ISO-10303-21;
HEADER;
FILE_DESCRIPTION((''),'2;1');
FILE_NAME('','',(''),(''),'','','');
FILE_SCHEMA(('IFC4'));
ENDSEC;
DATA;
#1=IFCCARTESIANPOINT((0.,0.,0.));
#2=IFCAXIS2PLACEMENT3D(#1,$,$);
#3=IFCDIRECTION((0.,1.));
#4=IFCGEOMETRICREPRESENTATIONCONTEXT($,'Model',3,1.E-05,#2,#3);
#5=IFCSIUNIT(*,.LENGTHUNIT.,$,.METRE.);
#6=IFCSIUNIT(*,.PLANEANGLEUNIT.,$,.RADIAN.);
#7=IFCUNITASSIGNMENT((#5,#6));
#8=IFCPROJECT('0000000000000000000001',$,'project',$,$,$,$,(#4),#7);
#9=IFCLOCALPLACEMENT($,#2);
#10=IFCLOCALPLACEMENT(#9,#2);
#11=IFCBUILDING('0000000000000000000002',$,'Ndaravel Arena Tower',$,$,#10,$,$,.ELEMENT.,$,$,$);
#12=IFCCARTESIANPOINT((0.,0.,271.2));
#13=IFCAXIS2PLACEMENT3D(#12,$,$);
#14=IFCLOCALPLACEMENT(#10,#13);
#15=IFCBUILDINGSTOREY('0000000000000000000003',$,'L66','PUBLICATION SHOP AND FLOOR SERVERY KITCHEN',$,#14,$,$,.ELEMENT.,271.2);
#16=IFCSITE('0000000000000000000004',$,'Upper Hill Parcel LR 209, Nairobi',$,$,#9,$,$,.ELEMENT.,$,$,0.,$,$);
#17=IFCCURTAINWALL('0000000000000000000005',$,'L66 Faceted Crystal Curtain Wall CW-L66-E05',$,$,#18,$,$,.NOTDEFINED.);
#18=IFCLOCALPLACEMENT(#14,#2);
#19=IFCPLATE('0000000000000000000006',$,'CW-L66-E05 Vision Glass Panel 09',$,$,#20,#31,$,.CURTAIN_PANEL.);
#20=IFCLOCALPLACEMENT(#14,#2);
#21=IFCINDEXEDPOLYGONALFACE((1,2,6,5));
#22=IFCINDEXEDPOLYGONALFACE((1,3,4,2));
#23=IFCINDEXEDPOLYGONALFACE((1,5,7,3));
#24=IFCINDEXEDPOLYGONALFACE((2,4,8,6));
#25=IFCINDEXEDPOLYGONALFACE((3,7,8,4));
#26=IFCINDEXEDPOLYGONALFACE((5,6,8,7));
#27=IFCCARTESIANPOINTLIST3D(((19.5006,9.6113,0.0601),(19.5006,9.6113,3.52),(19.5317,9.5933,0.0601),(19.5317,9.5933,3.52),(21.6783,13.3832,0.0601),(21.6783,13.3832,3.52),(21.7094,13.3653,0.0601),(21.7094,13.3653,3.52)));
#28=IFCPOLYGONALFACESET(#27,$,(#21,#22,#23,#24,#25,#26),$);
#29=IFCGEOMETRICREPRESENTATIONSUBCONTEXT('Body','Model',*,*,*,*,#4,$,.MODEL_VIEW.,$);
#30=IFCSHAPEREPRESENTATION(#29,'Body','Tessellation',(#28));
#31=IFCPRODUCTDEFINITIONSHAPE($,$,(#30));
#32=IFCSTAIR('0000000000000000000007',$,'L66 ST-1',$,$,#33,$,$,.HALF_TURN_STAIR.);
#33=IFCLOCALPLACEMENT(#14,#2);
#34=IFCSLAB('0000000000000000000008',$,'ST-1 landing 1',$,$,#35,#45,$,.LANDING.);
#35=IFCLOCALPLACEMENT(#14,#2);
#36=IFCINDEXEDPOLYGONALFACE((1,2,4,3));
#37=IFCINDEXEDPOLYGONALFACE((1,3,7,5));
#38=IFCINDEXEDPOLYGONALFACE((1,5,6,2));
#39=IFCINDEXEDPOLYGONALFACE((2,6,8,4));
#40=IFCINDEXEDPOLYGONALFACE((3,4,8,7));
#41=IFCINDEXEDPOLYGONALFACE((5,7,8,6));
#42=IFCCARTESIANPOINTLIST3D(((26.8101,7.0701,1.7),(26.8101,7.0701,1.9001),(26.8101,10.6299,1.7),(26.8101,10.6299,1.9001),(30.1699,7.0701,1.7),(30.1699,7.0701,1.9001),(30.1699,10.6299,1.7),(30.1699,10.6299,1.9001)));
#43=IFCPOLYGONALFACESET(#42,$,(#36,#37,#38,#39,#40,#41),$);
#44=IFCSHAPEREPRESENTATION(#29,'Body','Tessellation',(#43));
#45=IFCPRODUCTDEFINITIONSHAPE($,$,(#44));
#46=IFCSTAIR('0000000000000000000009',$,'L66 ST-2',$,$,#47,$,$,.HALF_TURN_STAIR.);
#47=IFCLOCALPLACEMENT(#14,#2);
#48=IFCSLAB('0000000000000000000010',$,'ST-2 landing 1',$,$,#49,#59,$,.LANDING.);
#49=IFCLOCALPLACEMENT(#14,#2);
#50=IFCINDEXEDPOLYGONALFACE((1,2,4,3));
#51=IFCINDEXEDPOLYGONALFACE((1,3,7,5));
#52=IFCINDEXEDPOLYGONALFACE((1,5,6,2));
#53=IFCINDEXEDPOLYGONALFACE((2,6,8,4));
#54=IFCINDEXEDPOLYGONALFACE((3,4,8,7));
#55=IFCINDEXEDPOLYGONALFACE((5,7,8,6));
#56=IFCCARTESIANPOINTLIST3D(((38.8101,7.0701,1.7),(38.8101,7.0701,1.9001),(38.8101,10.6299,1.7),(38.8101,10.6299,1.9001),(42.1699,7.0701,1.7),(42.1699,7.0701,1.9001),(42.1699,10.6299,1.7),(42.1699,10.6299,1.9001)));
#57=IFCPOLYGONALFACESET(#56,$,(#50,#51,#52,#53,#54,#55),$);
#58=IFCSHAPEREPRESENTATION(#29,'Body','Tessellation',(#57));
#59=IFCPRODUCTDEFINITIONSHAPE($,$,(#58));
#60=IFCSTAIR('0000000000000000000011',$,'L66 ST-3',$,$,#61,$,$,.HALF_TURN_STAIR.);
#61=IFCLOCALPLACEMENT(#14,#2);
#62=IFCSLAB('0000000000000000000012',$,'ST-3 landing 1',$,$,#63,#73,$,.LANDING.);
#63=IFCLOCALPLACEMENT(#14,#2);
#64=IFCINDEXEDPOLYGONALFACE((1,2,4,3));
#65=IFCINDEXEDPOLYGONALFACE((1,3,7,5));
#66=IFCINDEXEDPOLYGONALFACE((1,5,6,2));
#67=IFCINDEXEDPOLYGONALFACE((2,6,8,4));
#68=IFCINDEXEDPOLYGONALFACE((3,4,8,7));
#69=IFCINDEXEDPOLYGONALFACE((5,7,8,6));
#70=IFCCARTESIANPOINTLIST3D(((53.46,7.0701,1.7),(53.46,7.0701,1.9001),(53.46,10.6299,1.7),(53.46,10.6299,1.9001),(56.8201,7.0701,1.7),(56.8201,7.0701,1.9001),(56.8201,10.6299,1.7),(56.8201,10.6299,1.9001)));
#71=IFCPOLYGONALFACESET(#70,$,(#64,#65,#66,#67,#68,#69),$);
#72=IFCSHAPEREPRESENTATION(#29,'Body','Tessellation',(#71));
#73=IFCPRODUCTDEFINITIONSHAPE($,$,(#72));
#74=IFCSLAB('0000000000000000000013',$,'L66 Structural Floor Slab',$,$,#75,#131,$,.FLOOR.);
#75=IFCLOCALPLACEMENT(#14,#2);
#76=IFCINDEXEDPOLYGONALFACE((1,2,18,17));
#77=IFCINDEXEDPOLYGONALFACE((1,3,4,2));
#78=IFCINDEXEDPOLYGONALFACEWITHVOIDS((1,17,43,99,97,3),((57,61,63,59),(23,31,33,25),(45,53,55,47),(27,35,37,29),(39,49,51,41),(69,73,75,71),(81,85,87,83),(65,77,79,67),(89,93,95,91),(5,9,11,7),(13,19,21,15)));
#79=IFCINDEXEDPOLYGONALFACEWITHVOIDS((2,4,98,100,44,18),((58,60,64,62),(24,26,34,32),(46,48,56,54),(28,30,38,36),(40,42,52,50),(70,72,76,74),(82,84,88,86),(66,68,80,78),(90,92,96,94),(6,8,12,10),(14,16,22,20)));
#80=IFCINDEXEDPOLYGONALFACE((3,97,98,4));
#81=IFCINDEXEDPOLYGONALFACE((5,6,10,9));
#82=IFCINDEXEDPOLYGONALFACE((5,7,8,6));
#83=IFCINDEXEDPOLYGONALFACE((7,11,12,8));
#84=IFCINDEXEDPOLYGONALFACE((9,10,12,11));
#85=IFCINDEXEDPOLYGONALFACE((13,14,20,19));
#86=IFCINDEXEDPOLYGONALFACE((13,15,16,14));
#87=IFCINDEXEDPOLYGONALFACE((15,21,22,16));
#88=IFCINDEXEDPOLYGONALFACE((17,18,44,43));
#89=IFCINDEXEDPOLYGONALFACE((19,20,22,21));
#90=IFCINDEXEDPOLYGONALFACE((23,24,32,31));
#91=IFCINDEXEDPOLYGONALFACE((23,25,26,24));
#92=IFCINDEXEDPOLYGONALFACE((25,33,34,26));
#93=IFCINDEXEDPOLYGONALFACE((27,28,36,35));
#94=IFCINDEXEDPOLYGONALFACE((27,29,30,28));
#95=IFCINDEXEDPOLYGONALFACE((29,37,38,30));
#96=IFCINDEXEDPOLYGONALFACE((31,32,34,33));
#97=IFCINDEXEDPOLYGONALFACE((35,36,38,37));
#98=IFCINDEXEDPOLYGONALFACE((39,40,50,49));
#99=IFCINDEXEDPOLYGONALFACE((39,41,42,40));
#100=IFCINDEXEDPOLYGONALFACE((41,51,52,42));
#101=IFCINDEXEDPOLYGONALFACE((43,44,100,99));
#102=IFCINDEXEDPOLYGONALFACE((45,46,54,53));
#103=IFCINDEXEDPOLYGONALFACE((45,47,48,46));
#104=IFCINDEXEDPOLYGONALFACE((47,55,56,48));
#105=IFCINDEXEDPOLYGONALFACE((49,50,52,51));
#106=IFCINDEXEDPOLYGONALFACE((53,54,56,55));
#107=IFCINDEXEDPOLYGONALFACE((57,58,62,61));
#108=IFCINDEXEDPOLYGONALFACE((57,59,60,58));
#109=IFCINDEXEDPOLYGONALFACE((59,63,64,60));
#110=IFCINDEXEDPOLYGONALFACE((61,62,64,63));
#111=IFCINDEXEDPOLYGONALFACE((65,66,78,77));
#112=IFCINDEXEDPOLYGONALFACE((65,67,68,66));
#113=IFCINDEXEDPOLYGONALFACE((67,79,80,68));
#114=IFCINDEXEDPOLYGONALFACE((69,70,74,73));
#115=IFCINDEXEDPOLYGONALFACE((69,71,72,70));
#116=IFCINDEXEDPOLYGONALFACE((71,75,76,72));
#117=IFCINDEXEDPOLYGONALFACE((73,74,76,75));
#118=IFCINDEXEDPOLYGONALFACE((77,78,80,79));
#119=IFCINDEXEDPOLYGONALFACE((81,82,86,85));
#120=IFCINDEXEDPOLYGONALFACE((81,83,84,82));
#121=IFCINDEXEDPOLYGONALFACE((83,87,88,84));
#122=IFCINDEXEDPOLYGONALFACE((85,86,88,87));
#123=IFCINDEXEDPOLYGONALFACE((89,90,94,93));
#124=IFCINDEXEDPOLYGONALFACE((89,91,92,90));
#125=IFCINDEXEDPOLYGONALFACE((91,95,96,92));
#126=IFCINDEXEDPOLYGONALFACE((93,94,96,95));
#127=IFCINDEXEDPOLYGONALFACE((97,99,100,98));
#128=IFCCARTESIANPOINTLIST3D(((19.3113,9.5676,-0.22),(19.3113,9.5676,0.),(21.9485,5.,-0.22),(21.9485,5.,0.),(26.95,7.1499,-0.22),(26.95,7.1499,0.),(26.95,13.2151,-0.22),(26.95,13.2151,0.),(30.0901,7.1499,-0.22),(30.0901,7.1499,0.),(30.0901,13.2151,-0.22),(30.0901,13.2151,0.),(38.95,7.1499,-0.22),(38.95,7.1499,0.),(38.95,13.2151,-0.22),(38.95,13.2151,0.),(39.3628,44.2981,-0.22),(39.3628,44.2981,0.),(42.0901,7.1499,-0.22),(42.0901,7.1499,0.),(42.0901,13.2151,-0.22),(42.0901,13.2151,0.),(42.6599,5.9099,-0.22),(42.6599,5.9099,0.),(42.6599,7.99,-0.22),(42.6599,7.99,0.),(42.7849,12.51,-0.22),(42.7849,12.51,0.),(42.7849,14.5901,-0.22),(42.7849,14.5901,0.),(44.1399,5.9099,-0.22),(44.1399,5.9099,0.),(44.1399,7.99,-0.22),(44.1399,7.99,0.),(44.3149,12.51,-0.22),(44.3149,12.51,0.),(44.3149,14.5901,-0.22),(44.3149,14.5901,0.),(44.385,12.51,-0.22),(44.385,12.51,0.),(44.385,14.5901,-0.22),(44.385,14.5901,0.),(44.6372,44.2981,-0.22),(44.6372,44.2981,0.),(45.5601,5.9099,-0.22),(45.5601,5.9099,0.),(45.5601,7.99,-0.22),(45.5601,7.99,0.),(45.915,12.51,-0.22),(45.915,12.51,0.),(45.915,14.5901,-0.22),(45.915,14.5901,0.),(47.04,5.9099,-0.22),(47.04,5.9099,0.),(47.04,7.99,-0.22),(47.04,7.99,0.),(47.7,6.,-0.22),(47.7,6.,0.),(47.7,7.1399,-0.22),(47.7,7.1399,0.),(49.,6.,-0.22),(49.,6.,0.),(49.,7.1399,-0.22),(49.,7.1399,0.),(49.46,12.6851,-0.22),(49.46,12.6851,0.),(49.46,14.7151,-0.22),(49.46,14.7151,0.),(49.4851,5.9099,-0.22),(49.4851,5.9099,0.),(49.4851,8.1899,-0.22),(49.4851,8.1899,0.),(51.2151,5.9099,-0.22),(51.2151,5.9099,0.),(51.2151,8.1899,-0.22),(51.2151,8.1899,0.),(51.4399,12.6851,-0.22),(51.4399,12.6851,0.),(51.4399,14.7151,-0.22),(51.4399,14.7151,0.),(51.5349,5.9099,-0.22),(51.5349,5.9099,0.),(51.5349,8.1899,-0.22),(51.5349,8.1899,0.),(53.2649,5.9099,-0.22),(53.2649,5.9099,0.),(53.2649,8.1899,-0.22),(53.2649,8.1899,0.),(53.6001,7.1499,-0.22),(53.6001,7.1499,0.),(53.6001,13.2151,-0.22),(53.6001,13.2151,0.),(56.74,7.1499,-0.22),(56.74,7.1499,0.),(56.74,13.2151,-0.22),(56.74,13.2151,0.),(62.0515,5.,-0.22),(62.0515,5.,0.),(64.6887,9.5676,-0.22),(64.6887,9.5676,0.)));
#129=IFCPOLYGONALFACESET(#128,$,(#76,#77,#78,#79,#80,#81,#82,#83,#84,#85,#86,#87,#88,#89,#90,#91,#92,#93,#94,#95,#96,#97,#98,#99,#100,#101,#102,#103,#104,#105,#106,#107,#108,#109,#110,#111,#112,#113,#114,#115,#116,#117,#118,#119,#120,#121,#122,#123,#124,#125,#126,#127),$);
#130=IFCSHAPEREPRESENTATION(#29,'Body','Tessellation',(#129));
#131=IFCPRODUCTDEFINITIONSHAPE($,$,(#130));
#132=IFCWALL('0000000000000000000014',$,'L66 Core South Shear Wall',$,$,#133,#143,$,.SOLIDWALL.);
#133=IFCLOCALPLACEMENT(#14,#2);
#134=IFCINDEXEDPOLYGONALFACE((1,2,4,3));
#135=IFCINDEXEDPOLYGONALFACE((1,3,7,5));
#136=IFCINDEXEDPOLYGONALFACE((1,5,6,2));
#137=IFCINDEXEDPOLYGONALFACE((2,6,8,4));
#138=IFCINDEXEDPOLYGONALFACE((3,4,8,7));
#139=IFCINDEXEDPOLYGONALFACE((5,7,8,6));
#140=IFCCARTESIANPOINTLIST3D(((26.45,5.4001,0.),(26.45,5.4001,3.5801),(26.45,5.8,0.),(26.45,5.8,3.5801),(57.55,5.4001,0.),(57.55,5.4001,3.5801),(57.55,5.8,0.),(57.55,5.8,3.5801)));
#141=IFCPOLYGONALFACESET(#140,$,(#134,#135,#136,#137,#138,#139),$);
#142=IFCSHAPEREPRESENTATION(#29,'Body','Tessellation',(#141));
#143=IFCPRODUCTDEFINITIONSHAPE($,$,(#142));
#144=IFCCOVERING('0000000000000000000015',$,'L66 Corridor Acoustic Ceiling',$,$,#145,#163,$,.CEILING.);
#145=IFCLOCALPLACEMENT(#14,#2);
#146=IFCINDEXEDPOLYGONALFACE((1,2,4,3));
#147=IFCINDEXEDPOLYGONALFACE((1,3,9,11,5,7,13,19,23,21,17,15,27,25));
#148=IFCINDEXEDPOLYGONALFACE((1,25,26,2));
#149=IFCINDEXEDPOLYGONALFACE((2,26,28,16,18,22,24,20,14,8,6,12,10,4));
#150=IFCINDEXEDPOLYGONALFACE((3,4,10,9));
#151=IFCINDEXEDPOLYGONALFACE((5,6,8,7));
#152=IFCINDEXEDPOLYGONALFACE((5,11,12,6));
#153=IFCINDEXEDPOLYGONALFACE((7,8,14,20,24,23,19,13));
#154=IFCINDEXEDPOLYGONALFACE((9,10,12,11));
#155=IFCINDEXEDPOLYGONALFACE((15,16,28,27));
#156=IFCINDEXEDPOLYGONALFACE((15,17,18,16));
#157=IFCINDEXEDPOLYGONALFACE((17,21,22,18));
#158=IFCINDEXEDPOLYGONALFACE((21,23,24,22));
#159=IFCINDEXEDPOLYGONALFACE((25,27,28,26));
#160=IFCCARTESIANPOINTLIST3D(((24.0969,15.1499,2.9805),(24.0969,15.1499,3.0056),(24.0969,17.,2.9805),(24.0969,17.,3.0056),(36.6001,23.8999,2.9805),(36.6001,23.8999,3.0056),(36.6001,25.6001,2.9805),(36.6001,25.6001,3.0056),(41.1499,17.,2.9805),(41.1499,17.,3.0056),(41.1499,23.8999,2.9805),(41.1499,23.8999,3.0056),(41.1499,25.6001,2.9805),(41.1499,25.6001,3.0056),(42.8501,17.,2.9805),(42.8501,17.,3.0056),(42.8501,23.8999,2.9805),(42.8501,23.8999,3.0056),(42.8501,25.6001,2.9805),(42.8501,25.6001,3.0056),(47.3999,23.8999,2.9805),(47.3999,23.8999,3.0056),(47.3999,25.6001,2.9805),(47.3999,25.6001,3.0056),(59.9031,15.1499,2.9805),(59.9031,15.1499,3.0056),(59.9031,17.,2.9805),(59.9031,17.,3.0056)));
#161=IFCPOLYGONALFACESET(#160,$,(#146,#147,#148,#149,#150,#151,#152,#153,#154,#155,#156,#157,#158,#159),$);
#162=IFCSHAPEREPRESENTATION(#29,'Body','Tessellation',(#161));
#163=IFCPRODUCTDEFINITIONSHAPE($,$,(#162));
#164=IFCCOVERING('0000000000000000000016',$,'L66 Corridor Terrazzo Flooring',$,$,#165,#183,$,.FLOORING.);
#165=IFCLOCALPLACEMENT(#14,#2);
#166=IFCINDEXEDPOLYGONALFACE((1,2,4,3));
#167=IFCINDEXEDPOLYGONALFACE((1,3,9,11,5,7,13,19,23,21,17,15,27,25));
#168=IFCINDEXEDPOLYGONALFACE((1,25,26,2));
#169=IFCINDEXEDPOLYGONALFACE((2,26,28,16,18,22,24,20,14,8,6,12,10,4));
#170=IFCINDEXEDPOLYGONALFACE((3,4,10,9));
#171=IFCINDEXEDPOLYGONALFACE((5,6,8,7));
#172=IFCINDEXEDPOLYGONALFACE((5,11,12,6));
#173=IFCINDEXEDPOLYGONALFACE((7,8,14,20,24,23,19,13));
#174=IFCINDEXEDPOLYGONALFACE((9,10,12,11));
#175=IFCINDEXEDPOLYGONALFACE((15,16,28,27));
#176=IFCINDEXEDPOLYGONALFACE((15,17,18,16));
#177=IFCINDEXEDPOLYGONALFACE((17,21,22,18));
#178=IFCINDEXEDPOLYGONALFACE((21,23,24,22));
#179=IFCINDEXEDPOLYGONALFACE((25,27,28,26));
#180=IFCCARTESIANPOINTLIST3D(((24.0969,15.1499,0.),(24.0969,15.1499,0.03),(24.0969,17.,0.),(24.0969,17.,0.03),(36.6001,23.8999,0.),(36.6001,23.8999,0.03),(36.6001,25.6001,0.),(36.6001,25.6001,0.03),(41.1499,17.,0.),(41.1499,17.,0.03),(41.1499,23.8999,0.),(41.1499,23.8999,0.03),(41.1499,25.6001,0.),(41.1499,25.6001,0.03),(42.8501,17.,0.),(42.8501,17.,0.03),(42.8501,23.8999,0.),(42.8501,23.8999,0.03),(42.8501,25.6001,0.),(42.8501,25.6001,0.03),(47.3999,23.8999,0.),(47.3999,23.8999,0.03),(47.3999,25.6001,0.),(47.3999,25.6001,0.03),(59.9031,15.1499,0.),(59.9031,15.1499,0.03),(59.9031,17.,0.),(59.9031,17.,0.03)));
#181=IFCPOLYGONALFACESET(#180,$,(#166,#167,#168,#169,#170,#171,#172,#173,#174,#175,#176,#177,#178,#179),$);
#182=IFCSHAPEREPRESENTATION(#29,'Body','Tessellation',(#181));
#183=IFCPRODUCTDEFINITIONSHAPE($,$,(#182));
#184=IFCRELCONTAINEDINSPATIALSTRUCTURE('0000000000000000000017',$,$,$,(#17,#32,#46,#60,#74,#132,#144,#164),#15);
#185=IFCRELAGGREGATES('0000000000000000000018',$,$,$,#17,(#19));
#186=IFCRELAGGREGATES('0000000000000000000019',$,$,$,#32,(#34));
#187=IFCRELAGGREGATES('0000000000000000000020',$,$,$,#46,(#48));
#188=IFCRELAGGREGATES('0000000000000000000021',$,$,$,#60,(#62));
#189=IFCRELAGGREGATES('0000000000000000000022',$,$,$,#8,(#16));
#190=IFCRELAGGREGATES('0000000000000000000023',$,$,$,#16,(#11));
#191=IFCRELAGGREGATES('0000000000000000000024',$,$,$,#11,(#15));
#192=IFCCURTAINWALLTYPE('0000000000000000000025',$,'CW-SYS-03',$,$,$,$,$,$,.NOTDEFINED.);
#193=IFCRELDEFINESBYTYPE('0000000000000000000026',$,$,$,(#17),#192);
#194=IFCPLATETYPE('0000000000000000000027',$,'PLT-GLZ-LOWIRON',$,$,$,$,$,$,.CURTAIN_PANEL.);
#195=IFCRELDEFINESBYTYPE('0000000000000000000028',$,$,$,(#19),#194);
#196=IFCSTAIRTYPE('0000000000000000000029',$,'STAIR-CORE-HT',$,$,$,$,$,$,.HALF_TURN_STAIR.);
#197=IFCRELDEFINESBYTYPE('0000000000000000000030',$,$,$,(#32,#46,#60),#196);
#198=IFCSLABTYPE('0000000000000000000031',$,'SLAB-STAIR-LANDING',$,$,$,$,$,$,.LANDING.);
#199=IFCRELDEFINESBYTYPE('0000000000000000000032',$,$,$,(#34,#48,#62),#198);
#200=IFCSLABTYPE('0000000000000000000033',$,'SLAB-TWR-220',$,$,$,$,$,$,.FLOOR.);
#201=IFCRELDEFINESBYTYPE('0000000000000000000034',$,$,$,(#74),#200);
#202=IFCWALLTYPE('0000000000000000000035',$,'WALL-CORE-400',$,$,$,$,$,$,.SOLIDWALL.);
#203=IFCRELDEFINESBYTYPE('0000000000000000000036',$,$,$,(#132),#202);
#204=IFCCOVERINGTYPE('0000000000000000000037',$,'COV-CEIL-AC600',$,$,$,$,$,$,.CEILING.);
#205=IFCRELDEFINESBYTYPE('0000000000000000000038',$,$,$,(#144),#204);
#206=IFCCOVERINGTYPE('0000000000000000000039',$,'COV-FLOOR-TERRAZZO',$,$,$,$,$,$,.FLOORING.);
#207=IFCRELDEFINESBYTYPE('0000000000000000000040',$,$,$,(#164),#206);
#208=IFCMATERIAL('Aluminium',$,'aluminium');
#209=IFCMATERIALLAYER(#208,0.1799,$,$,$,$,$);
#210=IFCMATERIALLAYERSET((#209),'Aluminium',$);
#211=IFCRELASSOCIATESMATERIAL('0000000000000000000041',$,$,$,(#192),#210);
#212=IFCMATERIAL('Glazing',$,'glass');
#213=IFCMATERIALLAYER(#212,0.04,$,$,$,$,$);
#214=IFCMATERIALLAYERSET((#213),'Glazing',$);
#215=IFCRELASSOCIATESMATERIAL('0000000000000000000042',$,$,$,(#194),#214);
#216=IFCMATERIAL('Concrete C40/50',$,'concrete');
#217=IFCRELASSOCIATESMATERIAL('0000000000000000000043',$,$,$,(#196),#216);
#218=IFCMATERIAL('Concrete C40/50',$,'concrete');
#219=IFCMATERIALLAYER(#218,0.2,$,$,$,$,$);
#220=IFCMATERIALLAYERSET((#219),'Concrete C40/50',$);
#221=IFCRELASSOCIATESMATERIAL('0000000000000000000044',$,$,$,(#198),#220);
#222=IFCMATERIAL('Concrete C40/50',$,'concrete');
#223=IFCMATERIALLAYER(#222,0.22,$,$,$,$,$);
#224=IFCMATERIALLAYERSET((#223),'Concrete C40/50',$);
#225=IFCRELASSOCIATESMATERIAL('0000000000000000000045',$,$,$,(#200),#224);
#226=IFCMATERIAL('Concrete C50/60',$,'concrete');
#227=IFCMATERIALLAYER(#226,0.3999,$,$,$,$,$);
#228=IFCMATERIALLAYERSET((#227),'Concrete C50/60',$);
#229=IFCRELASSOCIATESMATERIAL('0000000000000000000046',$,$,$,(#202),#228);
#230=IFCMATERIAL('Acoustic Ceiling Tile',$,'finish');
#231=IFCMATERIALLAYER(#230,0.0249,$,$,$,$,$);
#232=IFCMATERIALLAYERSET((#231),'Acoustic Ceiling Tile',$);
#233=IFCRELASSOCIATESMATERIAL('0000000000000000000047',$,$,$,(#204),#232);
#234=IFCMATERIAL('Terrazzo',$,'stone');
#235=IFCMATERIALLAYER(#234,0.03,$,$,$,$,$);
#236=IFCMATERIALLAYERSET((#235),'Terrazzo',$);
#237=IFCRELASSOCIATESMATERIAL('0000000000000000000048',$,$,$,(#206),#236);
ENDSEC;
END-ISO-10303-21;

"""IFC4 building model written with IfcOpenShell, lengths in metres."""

from ifc_helpers import new_model, si_unit, direction, frame, frame_2d, origin, origin_2d, place, context, subcontext, project, spatial, polyline, rectangle, outline, extrude, material, layer, layer_set, type_object, element, aggregate, save


model = new_model("IFC4")

# Units and contexts
model_context = context("Model", 3, precision=1e-05, world=origin(), true_north=direction((0.0, 1.0)))
body_context = subcontext(model_context, "Body", "Model", "MODEL_VIEW")
ifc_project = project(units=[si_unit("LENGTHUNIT", "METRE"), si_unit("PLANEANGLEUNIT", "RADIAN")], contexts=[model_context])

# Site, building, storey
site_placement = place(None, origin())
site = spatial("IfcSite", under=ifc_project, at=site_placement, Name="Upper Hill Parcel LR 209, Nairobi", CompositionType="ELEMENT", RefElevation=0.0)
building_placement = place(site_placement, origin())
building = spatial("IfcBuilding", under=site, at=building_placement, Name="Ndaravel Arena Tower", CompositionType="ELEMENT")
storey_placement = place(building_placement, frame((0.0, 0.0, 271.2)))
storey = spatial("IfcBuildingStorey", under=building, at=storey_placement, Name="L66", Description="PUBLICATION SHOP AND FLOOR SERVERY KITCHEN", CompositionType="ELEMENT", Elevation=271.2)

# Shared definitions
ifc_material_1 = material(Name="Aluminium", Category="aluminium")
ifc_layer_1 = layer(ifc_material_1, 0.1799)
ifc_layer_set_1 = layer_set([ifc_layer_1], Name="Aluminium")
curtain_wall_type_1 = type_object("IfcCurtainWallType", Name="CW-SYS-03", PredefinedType="NOTDEFINED", material=ifc_layer_set_1)

# Shared definitions
ifc_material_2 = material(Name="Glazing", Category="glass")
ifc_layer_2 = layer(ifc_material_2, 0.04)
ifc_layer_set_2 = layer_set([ifc_layer_2], Name="Glazing")
plate_type_1 = type_object("IfcPlateType", Name="PLT-GLZ-LOWIRON", PredefinedType="CURTAIN_PANEL", material=ifc_layer_set_2)

# Curtain wall, plate
curtain_wall_1_placement = place(storey_placement, origin())
curtain_wall_1 = element("IfcCurtainWall", 1, at=curtain_wall_1_placement, inside=storey, type_object=curtain_wall_type_1, Name="L66 Faceted Crystal Curtain Wall CW-L66-E05", PredefinedType="NOTDEFINED")
plate_1_placement = place(storey_placement, frame((20.605, 11.4883, 0.0601), z_axis=(0.0, 0.0, 1.0), x_axis=(-0.5, -0.866025, 0.0)))
plate_1 = element("IfcPlate", 2, at=plate_1_placement, type_object=plate_type_1, Name="CW-L66-E05 Vision Glass Panel 09", PredefinedType="CURTAIN_PANEL", context=body_context, shape_type="SweptSolid", body=[
    extrude(rectangle(XDim=4.3555, YDim=0.0359, at=origin_2d()), origin(), (0.0, 0.0, 1.0), 3.46),
])
aggregate(curtain_wall_1, [plate_1])

# Stairs, slabs
ifc_material_3 = material(Name="Concrete C40/50", Category="concrete")
stair_type = type_object("IfcStairType", Name="STAIR-CORE-HT", PredefinedType="HALF_TURN_STAIR", material=ifc_material_3)
stair_1_placement = place(storey_placement, origin())
stair_1 = element("IfcStair", 3, at=stair_1_placement, inside=storey, type_object=stair_type, Name="L66 ST-1", PredefinedType="HALF_TURN_STAIR")
ifc_material_4 = material(Name="Concrete C40/50", Category="concrete")
ifc_layer_3 = layer(ifc_material_4, 0.2)
ifc_layer_set_3 = layer_set([ifc_layer_3], Name="Concrete C40/50")
slab_type_1 = type_object("IfcSlabType", Name="SLAB-STAIR-LANDING", PredefinedType="LANDING", material=ifc_layer_set_3)
slab_1_placement = place(storey_placement, frame((0.0, 0.0, 1.7)))
slab_1 = element("IfcSlab", 4, at=slab_1_placement, type_object=slab_type_1, Name="ST-1 landing 1", PredefinedType="LANDING", context=body_context, shape_type="SweptSolid", body=[
    extrude(outline(polyline([(26.8101, 10.6299), (26.8101, 7.0701), (30.1699, 7.0701), (30.1699, 10.6299), (26.8101, 10.6299)])), origin(), (0.0, 0.0, 1.0), 0.2002),
])
aggregate(stair_1, [slab_1])
stair_2_placement = place(storey_placement, origin())
stair_2 = element("IfcStair", 5, at=stair_2_placement, inside=storey, type_object=stair_type, Name="L66 ST-2", PredefinedType="HALF_TURN_STAIR")
slab_2_placement = place(storey_placement, frame((0.0, 0.0, 1.7)))
slab_2 = element("IfcSlab", 6, at=slab_2_placement, type_object=slab_type_1, Name="ST-2 landing 1", PredefinedType="LANDING", context=body_context, shape_type="SweptSolid", body=[
    extrude(outline(polyline([(38.8101, 10.6299), (38.8101, 7.0701), (42.1699, 7.0701), (42.1699, 10.6299), (38.8101, 10.6299)])), origin(), (0.0, 0.0, 1.0), 0.2002),
])
aggregate(stair_2, [slab_2])
stair_3_placement = place(storey_placement, origin())
stair_3 = element("IfcStair", 7, at=stair_3_placement, inside=storey, type_object=stair_type, Name="L66 ST-3", PredefinedType="HALF_TURN_STAIR")
slab_3_placement = place(storey_placement, frame((0.0, 0.0, 1.7)))
slab_3 = element("IfcSlab", 8, at=slab_3_placement, type_object=slab_type_1, Name="ST-3 landing 1", PredefinedType="LANDING", context=body_context, shape_type="SweptSolid", body=[
    extrude(outline(polyline([(53.46, 10.6299), (53.46, 7.0701), (56.8201, 7.0701), (56.8201, 10.6299), (53.46, 10.6299)])), origin(), (0.0, 0.0, 1.0), 0.2002),
])
aggregate(stair_3, [slab_3])

# Slab
ifc_material_5 = material(Name="Concrete C40/50", Category="concrete")
ifc_layer_4 = layer(ifc_material_5, 0.22)
ifc_layer_set_4 = layer_set([ifc_layer_4], Name="Concrete C40/50")
slab_type_2 = type_object("IfcSlabType", Name="SLAB-TWR-220", PredefinedType="FLOOR", material=ifc_layer_set_4)
slab_4_placement = place(storey_placement, frame((0.0, 0.0, -0.22)))
element("IfcSlab", 9, at=slab_4_placement, inside=storey, type_object=slab_type_2, Name="L66 Structural Floor Slab", PredefinedType="FLOOR", context=body_context, shape_type="SweptSolid", body=[
    extrude(outline(polyline([(19.3113, 9.5676), (21.9485, 5.0), (62.0515, 5.0), (64.6887, 9.5676), (44.6372, 44.2981), (39.3628, 44.2981), (19.3113, 9.5676)]), holes=[polyline([(26.95, 13.2151), (26.95, 7.1499), (30.0901, 7.1499), (30.0901, 13.2151), (26.95, 13.2151)]), polyline([(38.95, 13.2151), (38.95, 7.1499), (42.0901, 7.1499), (42.0901, 13.2151), (38.95, 13.2151)]), polyline([(53.6001, 13.2151), (53.6001, 7.1499), (56.74, 7.1499), (56.74, 13.2151), (53.6001, 13.2151)]), polyline([(42.6599, 5.9099), (44.1399, 5.9099), (44.1399, 7.99), (42.6599, 7.99), (42.6599, 5.9099)]), polyline([(45.5601, 5.9099), (47.04, 5.9099), (47.04, 7.99), (45.5601, 7.99), (45.5601, 5.9099)]), polyline([(42.7849, 12.51), (44.3149, 12.51), (44.3149, 14.5901), (42.7849, 14.5901), (42.7849, 12.51)]), polyline([(44.385, 12.51), (45.915, 12.51), (45.915, 14.5901), (44.385, 14.5901), (44.385, 12.51)]), polyline([(49.4851, 5.9099), (51.2151, 5.9099), (51.2151, 8.1899), (49.4851, 8.1899), (49.4851, 5.9099)]), polyline([(51.5349, 5.9099), (53.2649, 5.9099), (53.2649, 8.1899), (51.5349, 8.1899), (51.5349, 5.9099)]), polyline([(49.46, 12.6851), (51.4399, 12.6851), (51.4399, 14.7151), (49.46, 14.7151), (49.46, 12.6851)]), polyline([(47.7, 6.0), (49.0, 6.0), (49.0, 7.1399), (47.7, 7.1399), (47.7, 6.0)])]), origin(), (0.0, 0.0, 1.0), 0.22),
])

# Wall
ifc_material_6 = material(Name="Concrete C50/60", Category="concrete")
ifc_layer_5 = layer(ifc_material_6, 0.3999)
ifc_layer_set_5 = layer_set([ifc_layer_5], Name="Concrete C50/60")
wall_type = type_object("IfcWallType", Name="WALL-CORE-400", PredefinedType="SOLIDWALL", material=ifc_layer_set_5)
wall_placement = place(storey_placement, frame((26.45, 5.6001, 0.0), z_axis=(0.0, 0.0, 1.0), x_axis=(1.0, 0.0, 0.0)))
element("IfcWall", 10, at=wall_placement, inside=storey, type_object=wall_type, Name="L66 Core South Shear Wall", PredefinedType="SOLIDWALL", context=body_context, shape_type="SweptSolid", body=[
    extrude(rectangle(XDim=31.1001, YDim=0.3999, at=frame_2d((15.55, 0.0))), origin(), (0.0, 0.0, 1.0), 3.5801),
])

# Coverings
ifc_material_7 = material(Name="Acoustic Ceiling Tile", Category="finish")
ifc_layer_6 = layer(ifc_material_7, 0.0249)
ifc_layer_set_6 = layer_set([ifc_layer_6], Name="Acoustic Ceiling Tile")
covering_type_1 = type_object("IfcCoveringType", Name="COV-CEIL-AC600", PredefinedType="CEILING", material=ifc_layer_set_6)
covering_1_placement = place(storey_placement, frame((0.0, 0.0, 2.9805)))
element("IfcCovering", 11, at=covering_1_placement, inside=storey, type_object=covering_type_1, Name="L66 Corridor Acoustic Ceiling", PredefinedType="CEILING", context=body_context, shape_type="SweptSolid", body=[
    extrude(outline(polyline([(59.9031, 17.0), (42.8501, 17.0), (42.8501, 23.8999), (47.3999, 23.8999), (47.3999, 25.6001), (42.8501, 25.6001), (41.1499, 25.6001), (36.6001, 25.6001), (36.6001, 23.8999), (41.1499, 23.8999), (41.1499, 17.0), (24.0969, 17.0), (24.0969, 15.1499), (59.9031, 15.1499), (59.9031, 17.0)])), origin(), (0.0, 0.0, 1.0), 0.0251),
])
ifc_material_8 = material(Name="Terrazzo", Category="stone")
ifc_layer_7 = layer(ifc_material_8, 0.03)
ifc_layer_set_7 = layer_set([ifc_layer_7], Name="Terrazzo")
covering_type_2 = type_object("IfcCoveringType", Name="COV-FLOOR-TERRAZZO", PredefinedType="FLOORING", material=ifc_layer_set_7)
covering_2_placement = place(storey_placement, origin())
element("IfcCovering", 12, at=covering_2_placement, inside=storey, type_object=covering_type_2, Name="L66 Corridor Terrazzo Flooring", PredefinedType="FLOORING", context=body_context, shape_type="SweptSolid", body=[
    extrude(outline(polyline([(59.9031, 17.0), (42.8501, 17.0), (42.8501, 23.8999), (47.3999, 23.8999), (47.3999, 25.6001), (42.8501, 25.6001), (41.1499, 25.6001), (36.6001, 25.6001), (36.6001, 23.8999), (41.1499, 23.8999), (41.1499, 17.0), (24.0969, 17.0), (24.0969, 15.1499), (59.9031, 15.1499), (59.9031, 17.0)])), origin(), (0.0, 0.0, 1.0), 0.03),
])

save(model, "model.ifc")
